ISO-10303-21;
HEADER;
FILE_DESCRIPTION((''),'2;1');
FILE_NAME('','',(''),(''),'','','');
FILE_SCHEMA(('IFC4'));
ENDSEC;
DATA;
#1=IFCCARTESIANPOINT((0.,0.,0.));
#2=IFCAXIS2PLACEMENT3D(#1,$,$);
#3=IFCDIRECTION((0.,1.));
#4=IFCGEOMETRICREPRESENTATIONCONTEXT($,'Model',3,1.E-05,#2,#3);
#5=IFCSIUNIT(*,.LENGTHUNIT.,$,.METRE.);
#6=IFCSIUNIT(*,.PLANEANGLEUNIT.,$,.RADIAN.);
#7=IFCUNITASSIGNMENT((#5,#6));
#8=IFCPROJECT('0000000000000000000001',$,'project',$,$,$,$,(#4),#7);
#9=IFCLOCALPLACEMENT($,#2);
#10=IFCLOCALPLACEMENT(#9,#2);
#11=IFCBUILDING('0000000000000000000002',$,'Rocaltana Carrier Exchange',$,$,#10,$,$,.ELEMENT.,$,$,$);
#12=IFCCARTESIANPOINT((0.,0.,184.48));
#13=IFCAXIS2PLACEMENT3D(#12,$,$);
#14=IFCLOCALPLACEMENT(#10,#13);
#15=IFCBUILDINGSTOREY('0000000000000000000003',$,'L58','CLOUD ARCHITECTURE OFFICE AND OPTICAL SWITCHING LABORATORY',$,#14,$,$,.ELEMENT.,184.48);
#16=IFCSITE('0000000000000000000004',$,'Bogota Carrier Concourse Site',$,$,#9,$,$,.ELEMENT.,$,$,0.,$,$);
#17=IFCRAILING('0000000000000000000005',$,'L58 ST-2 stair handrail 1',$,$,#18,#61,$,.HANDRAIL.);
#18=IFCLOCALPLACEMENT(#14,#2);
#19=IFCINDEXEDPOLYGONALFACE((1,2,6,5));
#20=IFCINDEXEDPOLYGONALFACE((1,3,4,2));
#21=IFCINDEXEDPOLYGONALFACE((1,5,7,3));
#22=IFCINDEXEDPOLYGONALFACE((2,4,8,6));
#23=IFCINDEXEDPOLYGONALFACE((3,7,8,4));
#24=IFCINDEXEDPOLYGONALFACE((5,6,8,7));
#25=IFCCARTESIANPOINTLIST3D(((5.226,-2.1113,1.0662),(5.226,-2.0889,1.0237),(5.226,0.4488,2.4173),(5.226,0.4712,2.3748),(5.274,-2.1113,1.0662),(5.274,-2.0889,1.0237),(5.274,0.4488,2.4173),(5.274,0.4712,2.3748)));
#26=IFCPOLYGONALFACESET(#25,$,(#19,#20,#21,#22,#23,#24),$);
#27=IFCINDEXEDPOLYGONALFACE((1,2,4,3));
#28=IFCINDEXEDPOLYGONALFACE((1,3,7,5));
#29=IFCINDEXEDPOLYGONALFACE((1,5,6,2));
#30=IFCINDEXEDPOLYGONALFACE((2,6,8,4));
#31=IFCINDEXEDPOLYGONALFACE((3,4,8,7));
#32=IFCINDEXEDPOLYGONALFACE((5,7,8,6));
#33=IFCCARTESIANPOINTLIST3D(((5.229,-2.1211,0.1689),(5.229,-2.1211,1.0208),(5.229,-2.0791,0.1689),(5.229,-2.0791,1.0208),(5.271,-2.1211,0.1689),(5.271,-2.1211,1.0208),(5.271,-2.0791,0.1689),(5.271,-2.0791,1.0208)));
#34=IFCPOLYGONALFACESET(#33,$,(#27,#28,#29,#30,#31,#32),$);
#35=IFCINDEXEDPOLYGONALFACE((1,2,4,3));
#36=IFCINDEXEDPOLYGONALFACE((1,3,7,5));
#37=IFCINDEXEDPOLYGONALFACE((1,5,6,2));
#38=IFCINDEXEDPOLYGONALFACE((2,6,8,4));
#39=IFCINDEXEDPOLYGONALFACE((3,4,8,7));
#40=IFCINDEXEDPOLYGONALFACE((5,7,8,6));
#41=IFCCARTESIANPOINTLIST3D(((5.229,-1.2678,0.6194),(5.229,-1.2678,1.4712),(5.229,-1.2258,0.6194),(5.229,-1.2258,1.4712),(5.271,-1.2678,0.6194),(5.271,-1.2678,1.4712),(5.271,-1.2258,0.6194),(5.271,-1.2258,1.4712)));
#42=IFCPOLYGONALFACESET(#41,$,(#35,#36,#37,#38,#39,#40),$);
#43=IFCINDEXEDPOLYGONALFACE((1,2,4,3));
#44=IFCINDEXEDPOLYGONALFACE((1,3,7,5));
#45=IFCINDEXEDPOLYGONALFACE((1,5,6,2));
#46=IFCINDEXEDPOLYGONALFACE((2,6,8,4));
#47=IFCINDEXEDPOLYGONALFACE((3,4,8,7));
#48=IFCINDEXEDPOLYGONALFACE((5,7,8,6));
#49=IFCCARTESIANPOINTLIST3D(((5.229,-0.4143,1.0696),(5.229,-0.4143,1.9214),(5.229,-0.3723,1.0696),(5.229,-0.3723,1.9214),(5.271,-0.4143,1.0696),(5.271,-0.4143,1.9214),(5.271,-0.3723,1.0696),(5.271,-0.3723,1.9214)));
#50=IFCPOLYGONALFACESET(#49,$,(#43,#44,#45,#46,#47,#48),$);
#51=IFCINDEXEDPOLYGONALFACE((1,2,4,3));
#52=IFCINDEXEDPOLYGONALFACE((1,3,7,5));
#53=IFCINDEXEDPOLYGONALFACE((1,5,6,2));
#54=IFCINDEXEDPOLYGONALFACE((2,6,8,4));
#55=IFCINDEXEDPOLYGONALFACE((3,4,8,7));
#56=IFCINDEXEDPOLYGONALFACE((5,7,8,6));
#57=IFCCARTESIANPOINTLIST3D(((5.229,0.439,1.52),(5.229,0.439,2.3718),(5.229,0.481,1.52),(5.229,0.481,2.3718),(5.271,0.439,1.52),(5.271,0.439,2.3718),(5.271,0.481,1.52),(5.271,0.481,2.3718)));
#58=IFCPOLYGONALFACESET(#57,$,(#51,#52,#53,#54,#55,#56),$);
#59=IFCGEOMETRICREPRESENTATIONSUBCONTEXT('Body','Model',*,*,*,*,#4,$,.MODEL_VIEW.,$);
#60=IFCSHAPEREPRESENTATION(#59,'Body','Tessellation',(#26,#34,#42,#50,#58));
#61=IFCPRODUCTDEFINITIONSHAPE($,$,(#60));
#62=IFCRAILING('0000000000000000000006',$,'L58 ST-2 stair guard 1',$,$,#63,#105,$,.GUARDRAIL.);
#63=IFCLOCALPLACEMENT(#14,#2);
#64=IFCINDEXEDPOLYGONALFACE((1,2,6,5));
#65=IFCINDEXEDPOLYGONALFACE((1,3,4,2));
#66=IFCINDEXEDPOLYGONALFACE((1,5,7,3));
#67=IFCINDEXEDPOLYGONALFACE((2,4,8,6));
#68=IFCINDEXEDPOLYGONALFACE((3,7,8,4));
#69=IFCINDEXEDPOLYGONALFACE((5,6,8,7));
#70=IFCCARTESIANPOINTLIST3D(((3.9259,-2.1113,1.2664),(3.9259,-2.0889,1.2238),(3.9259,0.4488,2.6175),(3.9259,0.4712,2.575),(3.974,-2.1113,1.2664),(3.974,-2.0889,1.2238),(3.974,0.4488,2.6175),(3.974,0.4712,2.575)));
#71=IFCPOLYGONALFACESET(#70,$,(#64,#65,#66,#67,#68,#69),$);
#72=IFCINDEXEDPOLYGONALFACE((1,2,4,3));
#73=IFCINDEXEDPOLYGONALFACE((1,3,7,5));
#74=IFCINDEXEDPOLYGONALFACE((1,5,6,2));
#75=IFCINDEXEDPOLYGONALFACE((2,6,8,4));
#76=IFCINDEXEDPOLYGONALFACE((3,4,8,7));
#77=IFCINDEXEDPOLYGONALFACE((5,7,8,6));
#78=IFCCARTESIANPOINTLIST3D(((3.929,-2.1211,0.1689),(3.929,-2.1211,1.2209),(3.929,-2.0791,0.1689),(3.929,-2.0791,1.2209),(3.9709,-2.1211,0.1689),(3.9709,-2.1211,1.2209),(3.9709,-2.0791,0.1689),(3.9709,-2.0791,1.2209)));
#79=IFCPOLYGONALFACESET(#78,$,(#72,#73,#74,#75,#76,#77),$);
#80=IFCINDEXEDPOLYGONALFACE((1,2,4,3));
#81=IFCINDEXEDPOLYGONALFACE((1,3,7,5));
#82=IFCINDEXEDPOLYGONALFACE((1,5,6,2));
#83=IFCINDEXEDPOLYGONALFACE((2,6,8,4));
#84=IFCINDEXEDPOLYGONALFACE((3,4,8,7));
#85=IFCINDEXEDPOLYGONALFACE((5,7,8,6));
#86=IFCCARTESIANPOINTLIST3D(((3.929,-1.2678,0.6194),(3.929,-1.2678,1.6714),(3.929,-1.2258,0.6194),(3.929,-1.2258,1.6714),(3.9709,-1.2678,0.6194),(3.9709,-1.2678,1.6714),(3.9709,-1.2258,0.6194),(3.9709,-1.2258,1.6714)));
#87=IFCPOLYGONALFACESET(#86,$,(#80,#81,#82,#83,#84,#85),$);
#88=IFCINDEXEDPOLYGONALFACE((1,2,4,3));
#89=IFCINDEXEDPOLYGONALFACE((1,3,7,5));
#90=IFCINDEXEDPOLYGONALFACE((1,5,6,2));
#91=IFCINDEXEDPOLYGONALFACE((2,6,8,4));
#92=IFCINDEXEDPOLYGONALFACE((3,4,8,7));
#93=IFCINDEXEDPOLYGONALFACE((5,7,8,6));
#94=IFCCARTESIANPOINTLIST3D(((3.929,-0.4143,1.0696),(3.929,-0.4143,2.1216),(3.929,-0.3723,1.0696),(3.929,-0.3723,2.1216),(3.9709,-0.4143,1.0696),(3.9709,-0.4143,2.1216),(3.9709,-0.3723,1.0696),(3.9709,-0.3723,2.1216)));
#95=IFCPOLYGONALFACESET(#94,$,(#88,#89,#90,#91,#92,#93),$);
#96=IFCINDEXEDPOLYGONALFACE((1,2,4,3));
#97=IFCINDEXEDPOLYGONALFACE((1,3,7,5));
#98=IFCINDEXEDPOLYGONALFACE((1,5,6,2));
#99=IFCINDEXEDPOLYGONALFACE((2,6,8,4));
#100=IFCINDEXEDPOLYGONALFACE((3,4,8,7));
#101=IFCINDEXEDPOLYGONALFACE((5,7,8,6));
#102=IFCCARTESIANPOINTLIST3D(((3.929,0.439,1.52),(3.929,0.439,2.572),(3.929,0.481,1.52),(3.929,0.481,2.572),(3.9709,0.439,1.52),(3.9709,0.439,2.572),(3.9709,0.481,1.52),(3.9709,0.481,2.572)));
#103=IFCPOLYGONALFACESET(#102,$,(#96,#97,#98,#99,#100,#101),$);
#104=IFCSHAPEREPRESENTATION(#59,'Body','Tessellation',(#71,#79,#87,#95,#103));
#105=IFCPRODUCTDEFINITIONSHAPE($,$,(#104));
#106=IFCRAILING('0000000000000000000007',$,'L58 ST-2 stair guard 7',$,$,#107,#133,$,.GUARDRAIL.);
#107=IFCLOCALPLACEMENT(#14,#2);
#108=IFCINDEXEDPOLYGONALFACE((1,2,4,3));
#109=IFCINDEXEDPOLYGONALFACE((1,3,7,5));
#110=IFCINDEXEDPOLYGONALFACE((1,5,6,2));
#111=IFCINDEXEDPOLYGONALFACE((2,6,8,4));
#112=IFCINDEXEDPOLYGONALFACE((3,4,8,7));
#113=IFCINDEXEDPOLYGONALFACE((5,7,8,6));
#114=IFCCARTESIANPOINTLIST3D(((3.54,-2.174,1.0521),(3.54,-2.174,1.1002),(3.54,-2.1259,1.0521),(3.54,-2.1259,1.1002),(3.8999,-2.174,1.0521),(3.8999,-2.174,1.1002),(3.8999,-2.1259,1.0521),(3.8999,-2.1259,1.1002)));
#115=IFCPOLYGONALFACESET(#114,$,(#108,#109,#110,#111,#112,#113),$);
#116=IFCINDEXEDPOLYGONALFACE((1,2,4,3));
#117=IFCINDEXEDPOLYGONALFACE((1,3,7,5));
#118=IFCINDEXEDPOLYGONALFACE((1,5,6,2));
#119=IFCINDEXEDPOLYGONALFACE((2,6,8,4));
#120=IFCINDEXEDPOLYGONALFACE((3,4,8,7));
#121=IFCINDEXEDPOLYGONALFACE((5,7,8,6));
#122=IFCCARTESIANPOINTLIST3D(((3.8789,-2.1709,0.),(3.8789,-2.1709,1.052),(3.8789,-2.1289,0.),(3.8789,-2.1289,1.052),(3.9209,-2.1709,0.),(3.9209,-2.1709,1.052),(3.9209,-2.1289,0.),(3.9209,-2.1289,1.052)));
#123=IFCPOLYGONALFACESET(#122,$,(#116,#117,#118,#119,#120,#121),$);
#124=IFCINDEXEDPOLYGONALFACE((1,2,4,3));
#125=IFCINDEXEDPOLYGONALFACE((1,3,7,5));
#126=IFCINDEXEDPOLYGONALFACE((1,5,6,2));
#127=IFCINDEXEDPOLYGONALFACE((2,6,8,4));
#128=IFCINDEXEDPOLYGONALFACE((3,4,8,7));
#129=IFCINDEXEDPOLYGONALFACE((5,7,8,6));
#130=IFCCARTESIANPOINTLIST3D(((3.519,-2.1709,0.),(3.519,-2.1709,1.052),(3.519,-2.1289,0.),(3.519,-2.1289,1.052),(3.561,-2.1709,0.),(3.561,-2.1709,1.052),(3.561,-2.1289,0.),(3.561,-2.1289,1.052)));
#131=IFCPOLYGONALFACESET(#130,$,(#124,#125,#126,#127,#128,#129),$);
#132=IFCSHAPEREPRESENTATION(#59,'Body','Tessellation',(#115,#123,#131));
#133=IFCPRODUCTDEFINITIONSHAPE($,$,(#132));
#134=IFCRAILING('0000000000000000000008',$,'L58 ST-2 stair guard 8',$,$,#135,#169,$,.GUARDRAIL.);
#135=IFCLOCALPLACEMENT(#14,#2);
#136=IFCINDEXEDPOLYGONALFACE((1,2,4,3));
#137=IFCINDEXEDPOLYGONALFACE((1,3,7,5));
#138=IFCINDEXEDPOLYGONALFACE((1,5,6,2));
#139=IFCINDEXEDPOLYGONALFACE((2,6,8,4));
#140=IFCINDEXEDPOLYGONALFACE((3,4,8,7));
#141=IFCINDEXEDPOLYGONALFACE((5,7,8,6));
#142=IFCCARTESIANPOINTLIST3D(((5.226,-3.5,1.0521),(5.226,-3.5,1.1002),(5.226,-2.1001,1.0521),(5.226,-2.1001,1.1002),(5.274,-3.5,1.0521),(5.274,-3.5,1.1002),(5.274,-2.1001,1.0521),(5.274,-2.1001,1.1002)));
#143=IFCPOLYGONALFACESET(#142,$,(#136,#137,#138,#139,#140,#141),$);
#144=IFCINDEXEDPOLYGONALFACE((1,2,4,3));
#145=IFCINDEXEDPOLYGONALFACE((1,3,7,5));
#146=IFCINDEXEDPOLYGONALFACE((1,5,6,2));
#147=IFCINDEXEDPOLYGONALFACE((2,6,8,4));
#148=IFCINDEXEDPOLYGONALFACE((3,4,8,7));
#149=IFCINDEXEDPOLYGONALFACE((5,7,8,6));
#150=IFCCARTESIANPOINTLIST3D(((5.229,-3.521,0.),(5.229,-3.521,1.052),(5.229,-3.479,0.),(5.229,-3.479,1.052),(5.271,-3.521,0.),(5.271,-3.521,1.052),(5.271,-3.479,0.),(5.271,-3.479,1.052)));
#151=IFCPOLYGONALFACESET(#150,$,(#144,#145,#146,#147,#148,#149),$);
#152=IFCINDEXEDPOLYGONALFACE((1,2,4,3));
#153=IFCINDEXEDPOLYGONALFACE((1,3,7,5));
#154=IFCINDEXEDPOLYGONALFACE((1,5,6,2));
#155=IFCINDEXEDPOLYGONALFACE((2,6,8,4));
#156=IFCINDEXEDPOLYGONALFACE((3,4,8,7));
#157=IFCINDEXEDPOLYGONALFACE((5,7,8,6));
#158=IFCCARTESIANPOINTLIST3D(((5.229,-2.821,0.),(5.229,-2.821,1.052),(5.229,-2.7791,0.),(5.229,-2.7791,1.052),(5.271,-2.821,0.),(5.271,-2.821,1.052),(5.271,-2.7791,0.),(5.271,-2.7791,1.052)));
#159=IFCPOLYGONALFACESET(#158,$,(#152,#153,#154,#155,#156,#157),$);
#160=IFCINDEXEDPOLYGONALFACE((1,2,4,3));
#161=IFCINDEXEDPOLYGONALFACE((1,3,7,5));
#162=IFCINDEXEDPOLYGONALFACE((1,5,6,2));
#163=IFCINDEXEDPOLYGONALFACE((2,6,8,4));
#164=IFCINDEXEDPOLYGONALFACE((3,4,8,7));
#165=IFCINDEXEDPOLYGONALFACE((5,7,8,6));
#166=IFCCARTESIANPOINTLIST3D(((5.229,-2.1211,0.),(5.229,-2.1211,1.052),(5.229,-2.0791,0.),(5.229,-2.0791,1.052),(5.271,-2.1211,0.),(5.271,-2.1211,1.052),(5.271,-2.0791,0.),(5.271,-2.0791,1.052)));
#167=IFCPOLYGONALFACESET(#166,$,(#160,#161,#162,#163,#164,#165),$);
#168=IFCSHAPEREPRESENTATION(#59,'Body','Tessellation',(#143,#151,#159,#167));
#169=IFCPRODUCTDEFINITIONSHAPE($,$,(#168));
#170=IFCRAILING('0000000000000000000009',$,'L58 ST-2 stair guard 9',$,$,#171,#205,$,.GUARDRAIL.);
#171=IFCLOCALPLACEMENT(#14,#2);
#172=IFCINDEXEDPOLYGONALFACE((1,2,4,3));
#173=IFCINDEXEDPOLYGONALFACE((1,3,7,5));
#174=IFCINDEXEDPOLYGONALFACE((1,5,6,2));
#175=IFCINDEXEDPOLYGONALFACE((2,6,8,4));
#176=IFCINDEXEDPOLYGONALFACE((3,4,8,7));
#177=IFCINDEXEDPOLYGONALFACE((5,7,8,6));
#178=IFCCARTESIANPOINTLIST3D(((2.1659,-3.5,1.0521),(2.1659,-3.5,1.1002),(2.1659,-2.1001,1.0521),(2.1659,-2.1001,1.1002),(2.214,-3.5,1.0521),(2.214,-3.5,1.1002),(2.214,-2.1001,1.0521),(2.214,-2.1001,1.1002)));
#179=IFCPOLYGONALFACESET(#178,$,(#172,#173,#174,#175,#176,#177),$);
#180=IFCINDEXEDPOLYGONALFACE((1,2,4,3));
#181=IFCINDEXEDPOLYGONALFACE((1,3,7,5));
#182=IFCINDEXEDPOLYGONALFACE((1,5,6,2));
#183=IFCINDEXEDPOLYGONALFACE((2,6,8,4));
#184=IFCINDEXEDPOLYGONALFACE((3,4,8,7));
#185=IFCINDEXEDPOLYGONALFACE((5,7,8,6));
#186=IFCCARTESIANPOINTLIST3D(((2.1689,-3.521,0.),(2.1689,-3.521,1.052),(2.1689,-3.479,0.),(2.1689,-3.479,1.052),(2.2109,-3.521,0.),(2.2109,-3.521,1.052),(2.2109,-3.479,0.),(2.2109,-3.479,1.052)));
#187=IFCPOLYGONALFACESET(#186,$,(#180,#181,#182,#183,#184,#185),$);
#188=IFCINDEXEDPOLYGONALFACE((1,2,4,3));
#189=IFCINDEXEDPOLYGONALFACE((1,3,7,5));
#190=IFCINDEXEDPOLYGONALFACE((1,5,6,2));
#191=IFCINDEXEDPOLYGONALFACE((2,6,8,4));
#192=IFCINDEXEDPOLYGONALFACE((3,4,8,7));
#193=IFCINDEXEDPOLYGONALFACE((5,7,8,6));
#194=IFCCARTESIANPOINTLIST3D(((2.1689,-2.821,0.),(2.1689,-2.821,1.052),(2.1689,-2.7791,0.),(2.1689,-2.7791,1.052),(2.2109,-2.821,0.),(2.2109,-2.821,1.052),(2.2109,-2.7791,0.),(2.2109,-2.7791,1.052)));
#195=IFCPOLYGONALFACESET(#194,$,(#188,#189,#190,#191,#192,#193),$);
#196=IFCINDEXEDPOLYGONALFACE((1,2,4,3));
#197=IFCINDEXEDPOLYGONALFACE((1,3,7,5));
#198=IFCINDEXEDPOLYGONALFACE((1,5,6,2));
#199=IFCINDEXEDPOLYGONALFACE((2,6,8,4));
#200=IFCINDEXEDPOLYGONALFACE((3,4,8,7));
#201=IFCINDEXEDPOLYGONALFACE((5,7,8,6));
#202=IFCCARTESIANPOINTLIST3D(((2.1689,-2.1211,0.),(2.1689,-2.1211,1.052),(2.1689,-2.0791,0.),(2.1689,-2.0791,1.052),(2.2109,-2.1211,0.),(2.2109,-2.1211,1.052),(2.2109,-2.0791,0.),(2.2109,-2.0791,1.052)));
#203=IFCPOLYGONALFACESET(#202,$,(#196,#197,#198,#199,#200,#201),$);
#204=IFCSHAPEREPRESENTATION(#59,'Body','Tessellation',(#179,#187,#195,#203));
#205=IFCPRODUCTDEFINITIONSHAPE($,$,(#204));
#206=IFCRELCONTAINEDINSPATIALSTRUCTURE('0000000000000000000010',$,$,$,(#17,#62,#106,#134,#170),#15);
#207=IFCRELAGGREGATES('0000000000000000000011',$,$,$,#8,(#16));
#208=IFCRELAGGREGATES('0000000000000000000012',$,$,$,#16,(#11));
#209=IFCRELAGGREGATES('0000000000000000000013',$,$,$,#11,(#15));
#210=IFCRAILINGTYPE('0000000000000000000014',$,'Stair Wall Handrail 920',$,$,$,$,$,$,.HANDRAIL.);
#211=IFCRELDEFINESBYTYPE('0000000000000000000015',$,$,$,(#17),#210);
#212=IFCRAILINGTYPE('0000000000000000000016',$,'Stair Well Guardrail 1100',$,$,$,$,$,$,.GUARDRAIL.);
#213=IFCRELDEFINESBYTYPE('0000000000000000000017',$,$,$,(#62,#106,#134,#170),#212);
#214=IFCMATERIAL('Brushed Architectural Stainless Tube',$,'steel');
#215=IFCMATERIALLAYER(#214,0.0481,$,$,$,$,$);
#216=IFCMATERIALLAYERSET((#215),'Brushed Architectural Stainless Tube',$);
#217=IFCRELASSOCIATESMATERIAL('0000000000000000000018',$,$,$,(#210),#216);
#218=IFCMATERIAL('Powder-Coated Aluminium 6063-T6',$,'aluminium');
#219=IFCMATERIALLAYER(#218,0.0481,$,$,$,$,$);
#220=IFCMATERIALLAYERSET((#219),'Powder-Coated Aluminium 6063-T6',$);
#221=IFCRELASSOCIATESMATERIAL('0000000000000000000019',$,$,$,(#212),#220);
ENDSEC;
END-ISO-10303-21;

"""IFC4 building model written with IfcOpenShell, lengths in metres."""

from ifc_helpers import new_model, si_unit, direction, frame, origin, origin_2d, place, context, subcontext, project, spatial, rectangle, extrude, material, layer, layer_set, type_object, element, save


model = new_model("IFC4")

# Units and contexts
model_context = context("Model", 3, precision=1e-05, world=origin(), true_north=direction((0.0, 1.0)))
body_context = subcontext(model_context, "Body", "Model", "MODEL_VIEW")
ifc_project = project(units=[si_unit("LENGTHUNIT", "METRE"), si_unit("PLANEANGLEUNIT", "RADIAN")], contexts=[model_context])

# Site, building, storey
site_placement = place(None, origin())
site = spatial("IfcSite", under=ifc_project, at=site_placement, Name="Bogota Carrier Concourse Site", CompositionType="ELEMENT", RefElevation=0.0)
building_placement = place(site_placement, origin())
building = spatial("IfcBuilding", under=site, at=building_placement, Name="Rocaltana Carrier Exchange", CompositionType="ELEMENT")
storey_placement = place(building_placement, frame((0.0, 0.0, 184.48)))
storey = spatial("IfcBuildingStorey", under=building, at=storey_placement, Name="L58", Description="CLOUD ARCHITECTURE OFFICE AND OPTICAL SWITCHING LABORATORY", CompositionType="ELEMENT", Elevation=184.48)

# Railings
ifc_material_1 = material(Name="Brushed Architectural Stainless Tube", Category="steel")
ifc_layer_1 = layer(ifc_material_1, 0.0481)
ifc_layer_set_1 = layer_set([ifc_layer_1], Name="Brushed Architectural Stainless Tube")
railing_type_1 = type_object("IfcRailingType", Name="Stair Wall Handrail 920", PredefinedType="HANDRAIL", material=ifc_layer_set_1)
railing_1_placement = place(storey_placement, frame((5.25, -2.1001, 0.1689)))
element("IfcRailing", 1, at=railing_1_placement, inside=storey, type_object=railing_type_1, Name="L58 ST-2 stair handrail 1", PredefinedType="HANDRAIL", context=body_context, shape_type="SweptSolid", body=[
    extrude(rectangle(XDim=0.0481, YDim=0.0481, at=origin_2d()), frame((0.0, 0.0, 0.876), z_axis=(0.0, 0.884394, 0.46674), x_axis=(-1.0, 0.0, 0.0)), (0.0, 0.0, 1.0), 2.8948),
    extrude(rectangle(XDim=0.042, YDim=0.042, at=origin_2d()), origin(), (0.0, 0.0, 1.0), 0.8518),
    extrude(rectangle(XDim=0.042, YDim=0.042, at=origin_2d()), frame((0.0, 0.8533, 0.4504)), (0.0, 0.0, 1.0), 0.8518),
    extrude(rectangle(XDim=0.042, YDim=0.042, at=origin_2d()), frame((0.0, 1.7068, 0.9006)), (0.0, 0.0, 1.0), 0.8518),
    extrude(rectangle(XDim=0.042, YDim=0.042, at=origin_2d()), frame((0.0, 2.5601, 1.3511)), (0.0, 0.0, 1.0), 0.8518),
])
ifc_material_2 = material(Name="Powder-Coated Aluminium 6063-T6", Category="aluminium")
ifc_layer_2 = layer(ifc_material_2, 0.0481)
ifc_layer_set_2 = layer_set([ifc_layer_2], Name="Powder-Coated Aluminium 6063-T6")
railing_type_2 = type_object("IfcRailingType", Name="Stair Well Guardrail 1100", PredefinedType="GUARDRAIL", material=ifc_layer_set_2)
railing_2_placement = place(storey_placement, frame((3.95, -2.1001, 0.1689)))
element("IfcRailing", 2, at=railing_2_placement, inside=storey, type_object=railing_type_2, Name="L58 ST-2 stair guard 1", PredefinedType="GUARDRAIL", context=body_context, shape_type="SweptSolid", body=[
    extrude(rectangle(XDim=0.0481, YDim=0.0481, at=origin_2d()), frame((0.0, 0.0, 1.0762), z_axis=(0.0, 0.884394, 0.46674), x_axis=(-1.0, 0.0, 0.0)), (0.0, 0.0, 1.0), 2.8948),
    extrude(rectangle(XDim=0.042, YDim=0.042, at=origin_2d()), origin(), (0.0, 0.0, 1.0), 1.052),
    extrude(rectangle(XDim=0.042, YDim=0.042, at=origin_2d()), frame((0.0, 0.8533, 0.4504)), (0.0, 0.0, 1.0), 1.052),
    extrude(rectangle(XDim=0.042, YDim=0.042, at=origin_2d()), frame((0.0, 1.7068, 0.9006)), (0.0, 0.0, 1.0), 1.052),
    extrude(rectangle(XDim=0.042, YDim=0.042, at=origin_2d()), frame((0.0, 2.5601, 1.3511)), (0.0, 0.0, 1.0), 1.052),
])
railing_3_placement = place(storey_placement, frame((3.8999, -2.1499, 0.0)))
element("IfcRailing", 3, at=railing_3_placement, inside=storey, type_object=railing_type_2, Name="L58 ST-2 stair guard 7", PredefinedType="GUARDRAIL", context=body_context, shape_type="SweptSolid", body=[
    extrude(rectangle(XDim=0.0481, YDim=0.0481, at=origin_2d()), frame((0.0, 0.0, 1.0762), z_axis=(-1.0, 0.0, 0.0), x_axis=(0.0, -1.0, 0.0)), (0.0, 0.0, 1.0), 0.3599),
    extrude(rectangle(XDim=0.042, YDim=0.042, at=origin_2d()), origin(), (0.0, 0.0, 1.0), 1.052),
    extrude(rectangle(XDim=0.042, YDim=0.042, at=origin_2d()), frame((-0.3599, 0.0, 0.0)), (0.0, 0.0, 1.0), 1.052),
])
for number, where, name in (
    (4, (5.25, -3.5, 0.0), "L58 ST-2 stair guard 8"),
    (5, (2.1899, -3.5, 0.0), "L58 ST-2 stair guard 9"),
):
    element("IfcRailing", number, at=place(storey_placement, frame(where)), inside=storey, type_object=railing_type_2, Name=name, PredefinedType="GUARDRAIL", context=body_context, shape_type="SweptSolid", body=[
        extrude(rectangle(XDim=0.0481, YDim=0.0481, at=origin_2d()), frame((0.0, 0.0, 1.0762), z_axis=(0.0, 1.0, 0.0), x_axis=(-1.0, 0.0, 0.0)), (0.0, 0.0, 1.0), 1.3999),
        extrude(rectangle(XDim=0.042, YDim=0.042, at=origin_2d()), origin(), (0.0, 0.0, 1.0), 1.052),
        extrude(rectangle(XDim=0.042, YDim=0.042, at=origin_2d()), frame((0.0, 0.7, 0.0)), (0.0, 0.0, 1.0), 1.052),
        extrude(rectangle(XDim=0.042, YDim=0.042, at=origin_2d()), frame((0.0, 1.3999, 0.0)), (0.0, 0.0, 1.0), 1.052),
    ])

save(model, "model.ifc")
